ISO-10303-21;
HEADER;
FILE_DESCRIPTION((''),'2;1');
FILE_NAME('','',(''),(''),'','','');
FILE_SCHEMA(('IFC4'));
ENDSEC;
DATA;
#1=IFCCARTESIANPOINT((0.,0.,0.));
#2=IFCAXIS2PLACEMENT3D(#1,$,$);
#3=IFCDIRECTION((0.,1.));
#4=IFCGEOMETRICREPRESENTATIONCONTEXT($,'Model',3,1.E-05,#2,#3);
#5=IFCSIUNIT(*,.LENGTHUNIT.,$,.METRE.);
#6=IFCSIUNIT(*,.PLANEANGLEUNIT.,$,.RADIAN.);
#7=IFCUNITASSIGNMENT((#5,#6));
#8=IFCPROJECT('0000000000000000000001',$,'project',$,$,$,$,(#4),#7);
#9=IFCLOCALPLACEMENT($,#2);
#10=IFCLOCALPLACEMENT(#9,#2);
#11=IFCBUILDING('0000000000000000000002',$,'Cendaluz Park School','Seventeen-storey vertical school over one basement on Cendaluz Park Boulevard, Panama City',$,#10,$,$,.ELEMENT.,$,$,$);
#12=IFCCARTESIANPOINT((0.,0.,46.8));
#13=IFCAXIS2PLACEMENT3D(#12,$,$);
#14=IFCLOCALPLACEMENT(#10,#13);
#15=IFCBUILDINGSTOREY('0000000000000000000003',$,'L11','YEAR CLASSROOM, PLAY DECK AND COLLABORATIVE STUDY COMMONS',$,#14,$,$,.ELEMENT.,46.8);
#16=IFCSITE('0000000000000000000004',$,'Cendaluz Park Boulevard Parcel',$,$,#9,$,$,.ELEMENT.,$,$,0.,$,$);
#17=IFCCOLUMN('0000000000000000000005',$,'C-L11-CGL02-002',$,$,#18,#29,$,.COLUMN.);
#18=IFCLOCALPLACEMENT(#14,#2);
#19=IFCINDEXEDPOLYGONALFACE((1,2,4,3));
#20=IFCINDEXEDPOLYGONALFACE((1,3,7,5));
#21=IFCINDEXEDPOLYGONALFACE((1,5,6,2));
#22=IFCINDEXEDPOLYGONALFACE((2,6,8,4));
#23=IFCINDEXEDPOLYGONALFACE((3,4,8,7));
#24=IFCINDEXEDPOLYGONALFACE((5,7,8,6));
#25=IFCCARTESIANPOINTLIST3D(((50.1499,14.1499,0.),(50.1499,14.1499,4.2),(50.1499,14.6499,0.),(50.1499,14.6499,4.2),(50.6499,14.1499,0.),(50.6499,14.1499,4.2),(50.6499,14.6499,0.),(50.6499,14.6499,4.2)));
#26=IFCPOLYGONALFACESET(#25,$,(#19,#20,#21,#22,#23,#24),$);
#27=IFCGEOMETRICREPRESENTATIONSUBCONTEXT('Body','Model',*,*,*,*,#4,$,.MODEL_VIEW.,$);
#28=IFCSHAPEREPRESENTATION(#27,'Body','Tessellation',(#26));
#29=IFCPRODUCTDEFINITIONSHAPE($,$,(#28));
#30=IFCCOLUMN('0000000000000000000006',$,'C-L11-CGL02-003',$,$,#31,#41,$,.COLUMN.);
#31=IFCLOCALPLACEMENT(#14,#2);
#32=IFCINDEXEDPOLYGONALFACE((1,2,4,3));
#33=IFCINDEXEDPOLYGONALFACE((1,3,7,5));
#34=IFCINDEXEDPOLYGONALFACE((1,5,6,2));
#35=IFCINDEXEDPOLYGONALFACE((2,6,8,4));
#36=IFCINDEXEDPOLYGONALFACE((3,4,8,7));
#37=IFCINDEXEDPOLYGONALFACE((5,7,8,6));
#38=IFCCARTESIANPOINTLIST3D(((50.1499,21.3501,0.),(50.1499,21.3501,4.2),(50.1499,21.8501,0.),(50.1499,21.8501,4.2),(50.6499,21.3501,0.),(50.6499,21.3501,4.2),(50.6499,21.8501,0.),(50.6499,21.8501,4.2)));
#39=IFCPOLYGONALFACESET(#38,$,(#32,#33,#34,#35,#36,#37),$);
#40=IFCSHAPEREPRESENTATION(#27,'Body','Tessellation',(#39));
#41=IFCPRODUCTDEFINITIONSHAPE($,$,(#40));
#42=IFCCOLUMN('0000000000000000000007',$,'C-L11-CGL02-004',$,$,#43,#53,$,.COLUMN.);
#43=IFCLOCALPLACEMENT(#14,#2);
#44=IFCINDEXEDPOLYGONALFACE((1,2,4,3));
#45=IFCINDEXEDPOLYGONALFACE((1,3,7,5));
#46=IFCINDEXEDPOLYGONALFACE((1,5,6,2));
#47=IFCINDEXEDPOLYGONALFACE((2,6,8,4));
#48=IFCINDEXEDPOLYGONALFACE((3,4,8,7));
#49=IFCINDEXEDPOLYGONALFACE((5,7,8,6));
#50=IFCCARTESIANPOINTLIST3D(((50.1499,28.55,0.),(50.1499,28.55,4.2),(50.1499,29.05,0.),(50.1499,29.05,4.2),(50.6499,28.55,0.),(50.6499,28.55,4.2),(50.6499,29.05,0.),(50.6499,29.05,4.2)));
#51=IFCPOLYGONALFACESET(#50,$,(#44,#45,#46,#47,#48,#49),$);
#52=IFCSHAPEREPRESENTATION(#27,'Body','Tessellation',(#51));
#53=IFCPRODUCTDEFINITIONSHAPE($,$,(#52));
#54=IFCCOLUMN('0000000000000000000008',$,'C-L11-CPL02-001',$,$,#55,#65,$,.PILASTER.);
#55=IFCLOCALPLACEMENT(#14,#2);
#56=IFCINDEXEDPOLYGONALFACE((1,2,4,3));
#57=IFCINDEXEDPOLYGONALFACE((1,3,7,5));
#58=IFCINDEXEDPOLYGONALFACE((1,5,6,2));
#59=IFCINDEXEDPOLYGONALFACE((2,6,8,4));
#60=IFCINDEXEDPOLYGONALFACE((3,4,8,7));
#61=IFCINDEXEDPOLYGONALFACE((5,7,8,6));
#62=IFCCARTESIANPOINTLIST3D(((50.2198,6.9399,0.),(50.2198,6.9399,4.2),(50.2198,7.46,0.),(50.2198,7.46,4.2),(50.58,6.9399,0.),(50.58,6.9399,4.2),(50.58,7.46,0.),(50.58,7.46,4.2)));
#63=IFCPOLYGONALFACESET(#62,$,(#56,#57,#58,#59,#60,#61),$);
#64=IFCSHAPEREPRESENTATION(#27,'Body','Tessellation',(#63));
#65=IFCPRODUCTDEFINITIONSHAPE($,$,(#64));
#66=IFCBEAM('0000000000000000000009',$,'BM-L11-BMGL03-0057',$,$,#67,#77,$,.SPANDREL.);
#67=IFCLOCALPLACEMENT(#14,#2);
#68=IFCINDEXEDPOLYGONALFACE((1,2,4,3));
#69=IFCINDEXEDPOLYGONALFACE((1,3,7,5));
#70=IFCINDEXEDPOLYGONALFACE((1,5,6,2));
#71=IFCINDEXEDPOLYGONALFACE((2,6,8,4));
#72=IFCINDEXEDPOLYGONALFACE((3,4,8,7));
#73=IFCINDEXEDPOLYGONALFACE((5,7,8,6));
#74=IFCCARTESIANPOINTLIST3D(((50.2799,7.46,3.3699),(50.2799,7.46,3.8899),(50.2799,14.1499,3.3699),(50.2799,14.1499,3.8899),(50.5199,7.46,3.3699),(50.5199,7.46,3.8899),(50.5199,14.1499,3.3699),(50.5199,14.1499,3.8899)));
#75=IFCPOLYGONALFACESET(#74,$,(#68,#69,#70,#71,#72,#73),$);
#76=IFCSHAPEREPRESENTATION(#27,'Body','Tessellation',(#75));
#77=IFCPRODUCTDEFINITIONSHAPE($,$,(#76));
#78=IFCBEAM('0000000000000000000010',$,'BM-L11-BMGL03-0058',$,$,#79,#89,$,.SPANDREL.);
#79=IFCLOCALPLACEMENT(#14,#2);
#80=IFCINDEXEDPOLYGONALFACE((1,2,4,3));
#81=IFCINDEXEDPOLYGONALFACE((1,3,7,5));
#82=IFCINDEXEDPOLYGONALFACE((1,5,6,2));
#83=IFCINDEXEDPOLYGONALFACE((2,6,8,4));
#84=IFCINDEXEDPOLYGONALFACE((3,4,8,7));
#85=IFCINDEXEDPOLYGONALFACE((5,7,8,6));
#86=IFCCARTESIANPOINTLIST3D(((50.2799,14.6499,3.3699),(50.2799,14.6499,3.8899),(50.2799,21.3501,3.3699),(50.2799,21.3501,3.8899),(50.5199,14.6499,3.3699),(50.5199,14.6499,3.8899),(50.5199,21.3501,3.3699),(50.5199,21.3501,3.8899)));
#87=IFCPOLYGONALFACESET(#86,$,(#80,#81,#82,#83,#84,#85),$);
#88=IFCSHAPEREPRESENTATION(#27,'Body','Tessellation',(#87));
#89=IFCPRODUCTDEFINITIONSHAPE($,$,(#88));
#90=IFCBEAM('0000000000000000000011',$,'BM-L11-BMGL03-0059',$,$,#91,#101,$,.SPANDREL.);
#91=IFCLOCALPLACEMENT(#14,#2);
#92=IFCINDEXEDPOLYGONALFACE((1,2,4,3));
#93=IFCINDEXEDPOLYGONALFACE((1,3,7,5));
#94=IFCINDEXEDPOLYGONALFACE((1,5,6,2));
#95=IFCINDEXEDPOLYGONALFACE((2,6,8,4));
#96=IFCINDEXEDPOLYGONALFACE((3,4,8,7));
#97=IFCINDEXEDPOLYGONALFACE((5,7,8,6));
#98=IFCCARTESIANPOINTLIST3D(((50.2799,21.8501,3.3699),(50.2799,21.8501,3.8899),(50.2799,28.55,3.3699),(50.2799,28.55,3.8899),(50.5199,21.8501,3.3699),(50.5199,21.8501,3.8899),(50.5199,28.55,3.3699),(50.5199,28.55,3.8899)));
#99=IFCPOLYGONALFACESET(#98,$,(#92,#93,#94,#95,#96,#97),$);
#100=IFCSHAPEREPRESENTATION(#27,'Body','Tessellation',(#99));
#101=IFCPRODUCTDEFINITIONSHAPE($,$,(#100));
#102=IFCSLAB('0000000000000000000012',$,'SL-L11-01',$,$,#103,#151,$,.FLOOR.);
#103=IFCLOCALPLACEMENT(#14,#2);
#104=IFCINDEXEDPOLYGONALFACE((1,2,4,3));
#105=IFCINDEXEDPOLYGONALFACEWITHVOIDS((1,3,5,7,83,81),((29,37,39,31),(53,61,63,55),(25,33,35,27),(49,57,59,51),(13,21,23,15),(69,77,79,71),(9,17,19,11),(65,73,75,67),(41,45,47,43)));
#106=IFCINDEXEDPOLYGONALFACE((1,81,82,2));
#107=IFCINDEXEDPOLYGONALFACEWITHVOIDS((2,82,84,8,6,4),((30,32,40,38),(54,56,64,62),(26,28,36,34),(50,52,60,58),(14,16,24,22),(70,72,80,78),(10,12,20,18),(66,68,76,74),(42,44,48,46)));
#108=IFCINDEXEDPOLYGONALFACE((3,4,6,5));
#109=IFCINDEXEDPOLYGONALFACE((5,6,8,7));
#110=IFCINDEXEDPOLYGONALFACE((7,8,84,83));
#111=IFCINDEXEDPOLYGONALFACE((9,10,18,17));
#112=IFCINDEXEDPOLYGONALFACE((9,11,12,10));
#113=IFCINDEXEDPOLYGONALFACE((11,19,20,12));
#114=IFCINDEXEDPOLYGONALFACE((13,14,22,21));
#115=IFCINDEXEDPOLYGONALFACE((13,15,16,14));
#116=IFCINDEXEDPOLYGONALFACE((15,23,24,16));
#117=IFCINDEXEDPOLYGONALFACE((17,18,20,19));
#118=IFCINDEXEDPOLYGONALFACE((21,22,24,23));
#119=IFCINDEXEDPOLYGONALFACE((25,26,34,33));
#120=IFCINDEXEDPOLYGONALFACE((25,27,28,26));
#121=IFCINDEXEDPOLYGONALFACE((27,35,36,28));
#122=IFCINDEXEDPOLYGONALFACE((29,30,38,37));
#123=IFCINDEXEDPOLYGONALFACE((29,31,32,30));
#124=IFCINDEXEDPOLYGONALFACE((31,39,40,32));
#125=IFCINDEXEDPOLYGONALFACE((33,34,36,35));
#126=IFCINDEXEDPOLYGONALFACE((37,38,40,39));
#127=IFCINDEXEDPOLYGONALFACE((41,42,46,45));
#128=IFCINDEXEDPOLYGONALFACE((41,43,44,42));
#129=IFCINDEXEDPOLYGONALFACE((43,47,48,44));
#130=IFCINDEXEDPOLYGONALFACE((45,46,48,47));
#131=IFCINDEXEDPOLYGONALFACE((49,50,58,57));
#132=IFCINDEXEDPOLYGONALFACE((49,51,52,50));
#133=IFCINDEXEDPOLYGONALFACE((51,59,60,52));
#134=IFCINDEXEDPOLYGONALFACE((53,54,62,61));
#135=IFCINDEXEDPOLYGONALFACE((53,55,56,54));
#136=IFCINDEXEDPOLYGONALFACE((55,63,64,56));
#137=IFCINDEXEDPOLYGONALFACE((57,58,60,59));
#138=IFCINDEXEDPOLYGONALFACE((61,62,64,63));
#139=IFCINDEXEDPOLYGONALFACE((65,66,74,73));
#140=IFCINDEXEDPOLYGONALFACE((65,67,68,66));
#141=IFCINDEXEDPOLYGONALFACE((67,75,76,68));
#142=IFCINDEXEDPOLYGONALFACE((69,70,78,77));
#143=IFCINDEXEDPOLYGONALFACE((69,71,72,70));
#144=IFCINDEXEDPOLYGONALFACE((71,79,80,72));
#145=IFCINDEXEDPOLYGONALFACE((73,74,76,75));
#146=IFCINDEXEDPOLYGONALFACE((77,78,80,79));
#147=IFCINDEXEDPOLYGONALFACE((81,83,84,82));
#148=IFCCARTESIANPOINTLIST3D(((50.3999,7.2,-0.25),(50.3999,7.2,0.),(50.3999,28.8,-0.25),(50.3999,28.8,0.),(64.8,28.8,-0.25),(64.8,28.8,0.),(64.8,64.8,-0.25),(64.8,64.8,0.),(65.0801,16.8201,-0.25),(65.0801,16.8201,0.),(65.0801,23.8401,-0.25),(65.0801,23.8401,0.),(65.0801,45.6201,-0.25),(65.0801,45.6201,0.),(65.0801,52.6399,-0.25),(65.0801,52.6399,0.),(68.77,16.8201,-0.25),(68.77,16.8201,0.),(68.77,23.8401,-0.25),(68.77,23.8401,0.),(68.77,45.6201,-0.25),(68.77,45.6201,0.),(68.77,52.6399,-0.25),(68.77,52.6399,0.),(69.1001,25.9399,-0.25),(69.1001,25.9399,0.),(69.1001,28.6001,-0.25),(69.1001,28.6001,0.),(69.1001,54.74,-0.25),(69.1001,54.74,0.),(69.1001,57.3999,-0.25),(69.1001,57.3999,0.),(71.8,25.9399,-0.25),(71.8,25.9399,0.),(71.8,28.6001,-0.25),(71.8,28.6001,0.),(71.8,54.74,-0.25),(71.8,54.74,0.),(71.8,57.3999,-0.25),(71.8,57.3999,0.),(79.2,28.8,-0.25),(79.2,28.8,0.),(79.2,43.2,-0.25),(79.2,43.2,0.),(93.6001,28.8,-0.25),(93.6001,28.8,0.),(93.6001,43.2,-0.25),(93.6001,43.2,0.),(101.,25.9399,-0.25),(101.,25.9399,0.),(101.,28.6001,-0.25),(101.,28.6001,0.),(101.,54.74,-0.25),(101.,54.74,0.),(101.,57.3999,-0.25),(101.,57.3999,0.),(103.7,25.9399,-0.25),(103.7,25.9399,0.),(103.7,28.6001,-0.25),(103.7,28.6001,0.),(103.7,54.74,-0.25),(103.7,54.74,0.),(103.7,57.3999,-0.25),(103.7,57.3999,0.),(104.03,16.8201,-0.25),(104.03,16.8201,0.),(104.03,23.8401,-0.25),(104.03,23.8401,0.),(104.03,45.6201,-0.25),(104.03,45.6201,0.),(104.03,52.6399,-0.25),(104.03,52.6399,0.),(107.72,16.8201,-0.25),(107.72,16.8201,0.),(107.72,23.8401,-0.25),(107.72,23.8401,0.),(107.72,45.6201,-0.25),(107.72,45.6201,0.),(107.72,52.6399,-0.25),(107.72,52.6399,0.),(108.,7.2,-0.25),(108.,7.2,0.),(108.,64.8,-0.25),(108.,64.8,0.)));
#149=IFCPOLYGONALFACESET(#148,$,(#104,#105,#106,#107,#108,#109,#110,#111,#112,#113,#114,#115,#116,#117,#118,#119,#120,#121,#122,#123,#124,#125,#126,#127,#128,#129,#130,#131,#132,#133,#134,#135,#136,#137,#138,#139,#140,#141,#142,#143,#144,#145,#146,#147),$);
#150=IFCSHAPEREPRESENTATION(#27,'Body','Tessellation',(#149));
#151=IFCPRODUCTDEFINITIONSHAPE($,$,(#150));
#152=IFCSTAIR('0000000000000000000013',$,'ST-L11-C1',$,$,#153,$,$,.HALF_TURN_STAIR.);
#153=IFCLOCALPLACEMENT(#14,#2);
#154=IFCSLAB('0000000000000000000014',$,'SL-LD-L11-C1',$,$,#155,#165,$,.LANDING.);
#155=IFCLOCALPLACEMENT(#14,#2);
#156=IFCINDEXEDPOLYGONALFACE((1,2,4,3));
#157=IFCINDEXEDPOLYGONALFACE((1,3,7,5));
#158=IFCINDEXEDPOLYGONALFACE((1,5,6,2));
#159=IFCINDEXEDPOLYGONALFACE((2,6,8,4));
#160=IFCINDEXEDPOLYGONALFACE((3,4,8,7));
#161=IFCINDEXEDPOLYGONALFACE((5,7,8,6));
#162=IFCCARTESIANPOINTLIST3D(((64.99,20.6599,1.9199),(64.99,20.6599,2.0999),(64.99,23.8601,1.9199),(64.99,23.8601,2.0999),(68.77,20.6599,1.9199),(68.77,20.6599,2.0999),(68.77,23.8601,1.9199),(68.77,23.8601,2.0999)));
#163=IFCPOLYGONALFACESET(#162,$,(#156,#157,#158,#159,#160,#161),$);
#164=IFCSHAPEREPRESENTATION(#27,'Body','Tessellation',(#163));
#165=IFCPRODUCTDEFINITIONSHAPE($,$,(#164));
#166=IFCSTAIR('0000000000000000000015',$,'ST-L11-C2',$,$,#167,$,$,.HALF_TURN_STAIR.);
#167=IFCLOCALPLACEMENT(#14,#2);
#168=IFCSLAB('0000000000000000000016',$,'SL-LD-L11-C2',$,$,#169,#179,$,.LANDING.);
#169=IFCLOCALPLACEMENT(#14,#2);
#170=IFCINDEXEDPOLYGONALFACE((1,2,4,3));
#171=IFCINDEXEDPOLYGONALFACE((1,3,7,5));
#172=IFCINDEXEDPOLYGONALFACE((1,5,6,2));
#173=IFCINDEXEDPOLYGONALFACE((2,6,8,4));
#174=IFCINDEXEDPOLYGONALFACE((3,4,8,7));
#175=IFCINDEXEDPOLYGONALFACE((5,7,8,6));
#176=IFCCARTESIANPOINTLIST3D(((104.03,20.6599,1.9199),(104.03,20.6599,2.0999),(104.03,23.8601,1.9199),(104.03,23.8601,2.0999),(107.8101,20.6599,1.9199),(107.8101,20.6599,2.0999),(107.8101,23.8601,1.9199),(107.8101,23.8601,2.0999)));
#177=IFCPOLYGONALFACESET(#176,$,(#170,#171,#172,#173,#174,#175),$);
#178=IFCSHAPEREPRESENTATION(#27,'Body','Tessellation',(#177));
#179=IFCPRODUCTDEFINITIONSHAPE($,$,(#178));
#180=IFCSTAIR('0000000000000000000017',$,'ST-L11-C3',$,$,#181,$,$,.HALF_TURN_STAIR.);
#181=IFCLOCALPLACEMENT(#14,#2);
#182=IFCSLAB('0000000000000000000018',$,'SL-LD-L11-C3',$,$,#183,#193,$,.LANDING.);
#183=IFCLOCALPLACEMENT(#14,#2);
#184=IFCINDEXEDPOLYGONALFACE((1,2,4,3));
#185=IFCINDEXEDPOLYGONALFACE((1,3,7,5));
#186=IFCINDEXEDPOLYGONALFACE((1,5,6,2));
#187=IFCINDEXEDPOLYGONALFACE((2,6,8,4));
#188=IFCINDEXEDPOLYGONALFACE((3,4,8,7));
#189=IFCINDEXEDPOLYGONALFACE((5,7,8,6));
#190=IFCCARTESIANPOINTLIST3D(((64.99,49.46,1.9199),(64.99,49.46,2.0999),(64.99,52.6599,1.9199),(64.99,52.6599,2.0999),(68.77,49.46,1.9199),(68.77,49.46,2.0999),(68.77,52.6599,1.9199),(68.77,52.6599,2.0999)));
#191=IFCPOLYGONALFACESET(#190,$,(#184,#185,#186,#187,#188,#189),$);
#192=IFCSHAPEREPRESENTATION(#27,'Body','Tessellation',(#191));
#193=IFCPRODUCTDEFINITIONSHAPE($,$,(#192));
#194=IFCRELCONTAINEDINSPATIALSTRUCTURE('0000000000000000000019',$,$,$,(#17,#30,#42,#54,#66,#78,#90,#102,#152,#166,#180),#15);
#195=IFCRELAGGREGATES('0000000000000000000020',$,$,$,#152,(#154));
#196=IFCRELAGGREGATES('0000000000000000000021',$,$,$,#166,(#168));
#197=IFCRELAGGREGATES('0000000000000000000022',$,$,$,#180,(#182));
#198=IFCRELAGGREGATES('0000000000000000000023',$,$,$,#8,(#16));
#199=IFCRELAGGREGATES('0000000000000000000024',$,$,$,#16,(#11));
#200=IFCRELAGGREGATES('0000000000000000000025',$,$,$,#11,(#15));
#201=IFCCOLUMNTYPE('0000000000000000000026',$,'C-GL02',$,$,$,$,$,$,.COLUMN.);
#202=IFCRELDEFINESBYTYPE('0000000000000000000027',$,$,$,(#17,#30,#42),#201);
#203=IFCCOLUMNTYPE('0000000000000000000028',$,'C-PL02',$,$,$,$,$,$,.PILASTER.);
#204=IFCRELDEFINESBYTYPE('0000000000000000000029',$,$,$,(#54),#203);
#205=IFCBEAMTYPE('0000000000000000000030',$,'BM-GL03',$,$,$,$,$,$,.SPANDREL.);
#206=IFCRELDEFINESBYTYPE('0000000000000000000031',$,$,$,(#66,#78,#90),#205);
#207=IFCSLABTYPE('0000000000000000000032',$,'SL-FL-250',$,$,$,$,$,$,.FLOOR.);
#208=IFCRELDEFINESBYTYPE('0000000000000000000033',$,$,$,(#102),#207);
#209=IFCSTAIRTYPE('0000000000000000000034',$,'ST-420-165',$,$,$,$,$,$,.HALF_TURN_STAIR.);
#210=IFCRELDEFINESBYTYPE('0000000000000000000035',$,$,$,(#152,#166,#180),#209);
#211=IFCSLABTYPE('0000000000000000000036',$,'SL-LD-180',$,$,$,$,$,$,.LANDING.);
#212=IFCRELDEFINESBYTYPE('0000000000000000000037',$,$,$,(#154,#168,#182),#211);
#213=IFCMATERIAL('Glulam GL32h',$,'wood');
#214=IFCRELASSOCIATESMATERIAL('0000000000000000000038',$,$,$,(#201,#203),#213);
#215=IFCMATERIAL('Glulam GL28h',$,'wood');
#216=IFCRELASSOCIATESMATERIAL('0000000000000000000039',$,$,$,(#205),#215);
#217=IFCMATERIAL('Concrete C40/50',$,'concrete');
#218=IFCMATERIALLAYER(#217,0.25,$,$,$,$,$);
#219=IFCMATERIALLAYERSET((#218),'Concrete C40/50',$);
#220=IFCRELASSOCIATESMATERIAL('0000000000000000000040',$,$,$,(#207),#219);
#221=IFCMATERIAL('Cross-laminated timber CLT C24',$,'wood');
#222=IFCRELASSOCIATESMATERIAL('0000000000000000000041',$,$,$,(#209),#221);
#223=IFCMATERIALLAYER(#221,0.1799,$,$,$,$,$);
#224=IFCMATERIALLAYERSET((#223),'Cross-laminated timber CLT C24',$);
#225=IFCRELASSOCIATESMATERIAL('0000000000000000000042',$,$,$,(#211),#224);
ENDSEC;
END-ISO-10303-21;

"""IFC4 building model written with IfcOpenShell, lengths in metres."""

from ifc_helpers import new_model, si_unit, direction, frame, origin, origin_2d, place, context, subcontext, project, spatial, polyline, rectangle, outline, extrude, material, layer, layer_set, material_profile, profile_set, type_object, element, aggregate, save


model = new_model("IFC4")

# Units and contexts
model_context = context("Model", 3, precision=1e-05, world=origin(), true_north=direction((0.0, 1.0)))
body_context = subcontext(model_context, "Body", "Model", "MODEL_VIEW")
ifc_project = project(units=[si_unit("LENGTHUNIT", "METRE"), si_unit("PLANEANGLEUNIT", "RADIAN")], contexts=[model_context])

# Site, building, storey
site_placement = place(None, origin())
site = spatial("IfcSite", under=ifc_project, at=site_placement, Name="Cendaluz Park Boulevard Parcel", CompositionType="ELEMENT", RefElevation=0.0)
building_placement = place(site_placement, origin())
building = spatial("IfcBuilding", under=site, at=building_placement, Name="Cendaluz Park School", Description="Seventeen-storey vertical school over one basement on Cendaluz Park Boulevard, Panama City", CompositionType="ELEMENT")
storey_placement = place(building_placement, frame((0.0, 0.0, 46.8)))
storey = spatial("IfcBuildingStorey", under=building, at=storey_placement, Name="L11", Description="YEAR CLASSROOM, PLAY DECK AND COLLABORATIVE STUDY COMMONS", CompositionType="ELEMENT", Elevation=46.8)

# Columns
ifc_material_1 = material(Name="Glulam GL32h", Category="wood")
ifc_material_profile_1 = material_profile(ifc_material_1, rectangle(XDim=0.5, YDim=0.5, at=origin_2d()), Name="GL32h 500x500", Category="wood")
ifc_profile_set_1 = profile_set([ifc_material_profile_1], Name="Glulam GL32h")
column_type_1 = type_object("IfcColumnType", Name="C-GL02", PredefinedType="COLUMN", material=ifc_profile_set_1)
for number, where, z_axis, x_axis, name in (
    (1, (50.3999, 14.3999, 0.0), (0.0, 0.0, 1.0), (1.0, 0.0, 0.0), "C-L11-CGL02-002"),
    (2, (50.3999, 21.6001, 0.0), (0.0, 0.0, 1.0), (1.0, 0.0, 0.0), "C-L11-CGL02-003"),
    (3, (50.3999, 28.8, 0.0), (0.0, 0.0, 1.0), (1.0, 0.0, 0.0), "C-L11-CGL02-004"),
):
    element("IfcColumn", number, at=place(storey_placement, frame(where, z_axis=z_axis, x_axis=x_axis)), inside=storey, type_object=column_type_1, Name=name, PredefinedType="COLUMN", context=body_context, shape_type="SweptSolid", body=[
        extrude(rectangle(XDim=0.5, YDim=0.5, at=origin_2d()), origin(), (0.0, 0.0, 1.0), 4.2),
    ])
ifc_material_profile_2 = material_profile(ifc_material_1, rectangle(XDim=0.3601, YDim=0.52, at=origin_2d()), Name="GL32h 360x520", Category="wood")
ifc_profile_set_2 = profile_set([ifc_material_profile_2], Name="Glulam GL32h")
column_type_2 = type_object("IfcColumnType", Name="C-PL02", PredefinedType="PILASTER", material=ifc_profile_set_2)
column_placement = place(storey_placement, frame((50.3999, 7.2, 0.0), z_axis=(0.0, 0.0, 1.0), x_axis=(1.0, 0.0, 0.0)))
element("IfcColumn", 4, at=column_placement, inside=storey, type_object=column_type_2, Name="C-L11-CPL02-001", PredefinedType="PILASTER", context=body_context, shape_type="SweptSolid", body=[
    extrude(rectangle(XDim=0.3601, YDim=0.52, at=origin_2d()), origin(), (0.0, 0.0, 1.0), 4.2),
])

# Beams
ifc_material_2 = material(Name="Glulam GL28h", Category="wood")
ifc_material_profile_3 = material_profile(ifc_material_2, rectangle(XDim=0.24, YDim=0.52, at=origin_2d()), Name="GL28h 240x520", Category="wood")
ifc_profile_set_3 = profile_set([ifc_material_profile_3], Name="Glulam GL28h")
beam_type = type_object("IfcBeamType", Name="BM-GL03", PredefinedType="SPANDREL", material=ifc_profile_set_3)
beam_1_placement = place(storey_placement, frame((50.3999, 7.46, 3.6299), z_axis=(0.0, 1.0, 0.0), x_axis=(-1.0, 0.0, 0.0)))
element("IfcBeam", 5, at=beam_1_placement, inside=storey, type_object=beam_type, Name="BM-L11-BMGL03-0057", PredefinedType="SPANDREL", context=body_context, shape_type="SweptSolid", body=[
    extrude(rectangle(XDim=0.24, YDim=0.52, at=origin_2d()), origin(), (0.0, 0.0, 1.0), 6.6899),
])
beam_2_placement = place(storey_placement, frame((50.3999, 14.6499, 3.6299), z_axis=(0.0, 1.0, 0.0), x_axis=(-1.0, 0.0, 0.0)))
element("IfcBeam", 6, at=beam_2_placement, inside=storey, type_object=beam_type, Name="BM-L11-BMGL03-0058", PredefinedType="SPANDREL", context=body_context, shape_type="SweptSolid", body=[
    extrude(rectangle(XDim=0.24, YDim=0.52, at=origin_2d()), origin(), (0.0, 0.0, 1.0), 6.7002),
])
beam_3_placement = place(storey_placement, frame((50.3999, 21.8501, 3.6299), z_axis=(0.0, 1.0, 0.0), x_axis=(-1.0, 0.0, 0.0)))
element("IfcBeam", 7, at=beam_3_placement, inside=storey, type_object=beam_type, Name="BM-L11-BMGL03-0059", PredefinedType="SPANDREL", context=body_context, shape_type="SweptSolid", body=[
    extrude(rectangle(XDim=0.24, YDim=0.52, at=origin_2d()), origin(), (0.0, 0.0, 1.0), 6.7),
])

# Slab
ifc_material_3 = material(Name="Concrete C40/50", Category="concrete")
ifc_layer_1 = layer(ifc_material_3, 0.25)
ifc_layer_set_1 = layer_set([ifc_layer_1], Name="Concrete C40/50")
slab_type_1 = type_object("IfcSlabType", Name="SL-FL-250", PredefinedType="FLOOR", material=ifc_layer_set_1)
slab_1_placement = place(storey_placement, frame((0.0, 0.0, -0.25)))
element("IfcSlab", 8, at=slab_1_placement, inside=storey, type_object=slab_type_1, Name="SL-L11-01", PredefinedType="FLOOR", context=body_context, shape_type="SweptSolid", body=[
    extrude(outline(polyline([(108.0, 64.8), (108.0, 7.2), (50.3999, 7.2), (50.3999, 28.8), (64.8, 28.8), (64.8, 64.8), (108.0, 64.8)]), holes=[polyline([(79.2, 28.8), (93.6001, 28.8), (93.6001, 43.2), (79.2, 43.2), (79.2, 28.8)]), polyline([(68.77, 16.8201), (68.77, 23.8401), (65.0801, 23.8401), (65.0801, 16.8201), (68.77, 16.8201)]), polyline([(69.1001, 25.9399), (71.8, 25.9399), (71.8, 28.6001), (69.1001, 28.6001), (69.1001, 25.9399)]), polyline([(104.03, 23.8401), (104.03, 16.8201), (107.72, 16.8201), (107.72, 23.8401), (104.03, 23.8401)]), polyline([(103.7, 28.6001), (101.0, 28.6001), (101.0, 25.9399), (103.7, 25.9399), (103.7, 28.6001)]), polyline([(68.77, 45.6201), (68.77, 52.6399), (65.0801, 52.6399), (65.0801, 45.6201), (68.77, 45.6201)]), polyline([(69.1001, 54.74), (71.8, 54.74), (71.8, 57.3999), (69.1001, 57.3999), (69.1001, 54.74)]), polyline([(104.03, 52.6399), (104.03, 45.6201), (107.72, 45.6201), (107.72, 52.6399), (104.03, 52.6399)]), polyline([(103.7, 57.3999), (101.0, 57.3999), (101.0, 54.74), (103.7, 54.74), (103.7, 57.3999)])]), origin(), (0.0, 0.0, 1.0), 0.25),
])

# Stairs, slabs
ifc_material_4 = material(Name="Cross-laminated timber CLT C24", Category="wood")
stair_type = type_object("IfcStairType", Name="ST-420-165", PredefinedType="HALF_TURN_STAIR", material=ifc_material_4)
stair_1_placement = place(storey_placement, origin())
stair_1 = element("IfcStair", 9, at=stair_1_placement, inside=storey, type_object=stair_type, Name="ST-L11-C1", PredefinedType="HALF_TURN_STAIR")
ifc_layer_2 = layer(ifc_material_4, 0.1799)
ifc_layer_set_2 = layer_set([ifc_layer_2], Name="Cross-laminated timber CLT C24")
slab_type_2 = type_object("IfcSlabType", Name="SL-LD-180", PredefinedType="LANDING", material=ifc_layer_set_2)
slab_2_placement = place(storey_placement, frame((0.0, 0.0, 1.9199)))
slab_2 = element("IfcSlab", 10, at=slab_2_placement, type_object=slab_type_2, Name="SL-LD-L11-C1", PredefinedType="LANDING", context=body_context, shape_type="SweptSolid", body=[
    extrude(outline(polyline([(64.99, 20.6599), (68.77, 20.6599), (68.77, 23.8601), (64.99, 23.8601), (64.99, 20.6599)])), origin(), (0.0, 0.0, 1.0), 0.1799),
])
aggregate(stair_1, [slab_2])
stair_2_placement = place(storey_placement, origin())
stair_2 = element("IfcStair", 11, at=stair_2_placement, inside=storey, type_object=stair_type, Name="ST-L11-C2", PredefinedType="HALF_TURN_STAIR")
slab_3_placement = place(storey_placement, frame((0.0, 0.0, 1.9199)))
slab_3 = element("IfcSlab", 12, at=slab_3_placement, type_object=slab_type_2, Name="SL-LD-L11-C2", PredefinedType="LANDING", context=body_context, shape_type="SweptSolid", body=[
    extrude(outline(polyline([(104.03, 20.6599), (107.8101, 20.6599), (107.8101, 23.8601), (104.03, 23.8601), (104.03, 20.6599)])), origin(), (0.0, 0.0, 1.0), 0.1799),
])
aggregate(stair_2, [slab_3])
stair_3_placement = place(storey_placement, origin())
stair_3 = element("IfcStair", 13, at=stair_3_placement, inside=storey, type_object=stair_type, Name="ST-L11-C3", PredefinedType="HALF_TURN_STAIR")
slab_4_placement = place(storey_placement, frame((0.0, 0.0, 1.9199)))
slab_4 = element("IfcSlab", 14, at=slab_4_placement, type_object=slab_type_2, Name="SL-LD-L11-C3", PredefinedType="LANDING", context=body_context, shape_type="SweptSolid", body=[
    extrude(outline(polyline([(64.99, 49.46), (68.77, 49.46), (68.77, 52.6599), (64.99, 52.6599), (64.99, 49.46)])), origin(), (0.0, 0.0, 1.0), 0.1799),
])
aggregate(stair_3, [slab_4])

save(model, "model.ifc")
